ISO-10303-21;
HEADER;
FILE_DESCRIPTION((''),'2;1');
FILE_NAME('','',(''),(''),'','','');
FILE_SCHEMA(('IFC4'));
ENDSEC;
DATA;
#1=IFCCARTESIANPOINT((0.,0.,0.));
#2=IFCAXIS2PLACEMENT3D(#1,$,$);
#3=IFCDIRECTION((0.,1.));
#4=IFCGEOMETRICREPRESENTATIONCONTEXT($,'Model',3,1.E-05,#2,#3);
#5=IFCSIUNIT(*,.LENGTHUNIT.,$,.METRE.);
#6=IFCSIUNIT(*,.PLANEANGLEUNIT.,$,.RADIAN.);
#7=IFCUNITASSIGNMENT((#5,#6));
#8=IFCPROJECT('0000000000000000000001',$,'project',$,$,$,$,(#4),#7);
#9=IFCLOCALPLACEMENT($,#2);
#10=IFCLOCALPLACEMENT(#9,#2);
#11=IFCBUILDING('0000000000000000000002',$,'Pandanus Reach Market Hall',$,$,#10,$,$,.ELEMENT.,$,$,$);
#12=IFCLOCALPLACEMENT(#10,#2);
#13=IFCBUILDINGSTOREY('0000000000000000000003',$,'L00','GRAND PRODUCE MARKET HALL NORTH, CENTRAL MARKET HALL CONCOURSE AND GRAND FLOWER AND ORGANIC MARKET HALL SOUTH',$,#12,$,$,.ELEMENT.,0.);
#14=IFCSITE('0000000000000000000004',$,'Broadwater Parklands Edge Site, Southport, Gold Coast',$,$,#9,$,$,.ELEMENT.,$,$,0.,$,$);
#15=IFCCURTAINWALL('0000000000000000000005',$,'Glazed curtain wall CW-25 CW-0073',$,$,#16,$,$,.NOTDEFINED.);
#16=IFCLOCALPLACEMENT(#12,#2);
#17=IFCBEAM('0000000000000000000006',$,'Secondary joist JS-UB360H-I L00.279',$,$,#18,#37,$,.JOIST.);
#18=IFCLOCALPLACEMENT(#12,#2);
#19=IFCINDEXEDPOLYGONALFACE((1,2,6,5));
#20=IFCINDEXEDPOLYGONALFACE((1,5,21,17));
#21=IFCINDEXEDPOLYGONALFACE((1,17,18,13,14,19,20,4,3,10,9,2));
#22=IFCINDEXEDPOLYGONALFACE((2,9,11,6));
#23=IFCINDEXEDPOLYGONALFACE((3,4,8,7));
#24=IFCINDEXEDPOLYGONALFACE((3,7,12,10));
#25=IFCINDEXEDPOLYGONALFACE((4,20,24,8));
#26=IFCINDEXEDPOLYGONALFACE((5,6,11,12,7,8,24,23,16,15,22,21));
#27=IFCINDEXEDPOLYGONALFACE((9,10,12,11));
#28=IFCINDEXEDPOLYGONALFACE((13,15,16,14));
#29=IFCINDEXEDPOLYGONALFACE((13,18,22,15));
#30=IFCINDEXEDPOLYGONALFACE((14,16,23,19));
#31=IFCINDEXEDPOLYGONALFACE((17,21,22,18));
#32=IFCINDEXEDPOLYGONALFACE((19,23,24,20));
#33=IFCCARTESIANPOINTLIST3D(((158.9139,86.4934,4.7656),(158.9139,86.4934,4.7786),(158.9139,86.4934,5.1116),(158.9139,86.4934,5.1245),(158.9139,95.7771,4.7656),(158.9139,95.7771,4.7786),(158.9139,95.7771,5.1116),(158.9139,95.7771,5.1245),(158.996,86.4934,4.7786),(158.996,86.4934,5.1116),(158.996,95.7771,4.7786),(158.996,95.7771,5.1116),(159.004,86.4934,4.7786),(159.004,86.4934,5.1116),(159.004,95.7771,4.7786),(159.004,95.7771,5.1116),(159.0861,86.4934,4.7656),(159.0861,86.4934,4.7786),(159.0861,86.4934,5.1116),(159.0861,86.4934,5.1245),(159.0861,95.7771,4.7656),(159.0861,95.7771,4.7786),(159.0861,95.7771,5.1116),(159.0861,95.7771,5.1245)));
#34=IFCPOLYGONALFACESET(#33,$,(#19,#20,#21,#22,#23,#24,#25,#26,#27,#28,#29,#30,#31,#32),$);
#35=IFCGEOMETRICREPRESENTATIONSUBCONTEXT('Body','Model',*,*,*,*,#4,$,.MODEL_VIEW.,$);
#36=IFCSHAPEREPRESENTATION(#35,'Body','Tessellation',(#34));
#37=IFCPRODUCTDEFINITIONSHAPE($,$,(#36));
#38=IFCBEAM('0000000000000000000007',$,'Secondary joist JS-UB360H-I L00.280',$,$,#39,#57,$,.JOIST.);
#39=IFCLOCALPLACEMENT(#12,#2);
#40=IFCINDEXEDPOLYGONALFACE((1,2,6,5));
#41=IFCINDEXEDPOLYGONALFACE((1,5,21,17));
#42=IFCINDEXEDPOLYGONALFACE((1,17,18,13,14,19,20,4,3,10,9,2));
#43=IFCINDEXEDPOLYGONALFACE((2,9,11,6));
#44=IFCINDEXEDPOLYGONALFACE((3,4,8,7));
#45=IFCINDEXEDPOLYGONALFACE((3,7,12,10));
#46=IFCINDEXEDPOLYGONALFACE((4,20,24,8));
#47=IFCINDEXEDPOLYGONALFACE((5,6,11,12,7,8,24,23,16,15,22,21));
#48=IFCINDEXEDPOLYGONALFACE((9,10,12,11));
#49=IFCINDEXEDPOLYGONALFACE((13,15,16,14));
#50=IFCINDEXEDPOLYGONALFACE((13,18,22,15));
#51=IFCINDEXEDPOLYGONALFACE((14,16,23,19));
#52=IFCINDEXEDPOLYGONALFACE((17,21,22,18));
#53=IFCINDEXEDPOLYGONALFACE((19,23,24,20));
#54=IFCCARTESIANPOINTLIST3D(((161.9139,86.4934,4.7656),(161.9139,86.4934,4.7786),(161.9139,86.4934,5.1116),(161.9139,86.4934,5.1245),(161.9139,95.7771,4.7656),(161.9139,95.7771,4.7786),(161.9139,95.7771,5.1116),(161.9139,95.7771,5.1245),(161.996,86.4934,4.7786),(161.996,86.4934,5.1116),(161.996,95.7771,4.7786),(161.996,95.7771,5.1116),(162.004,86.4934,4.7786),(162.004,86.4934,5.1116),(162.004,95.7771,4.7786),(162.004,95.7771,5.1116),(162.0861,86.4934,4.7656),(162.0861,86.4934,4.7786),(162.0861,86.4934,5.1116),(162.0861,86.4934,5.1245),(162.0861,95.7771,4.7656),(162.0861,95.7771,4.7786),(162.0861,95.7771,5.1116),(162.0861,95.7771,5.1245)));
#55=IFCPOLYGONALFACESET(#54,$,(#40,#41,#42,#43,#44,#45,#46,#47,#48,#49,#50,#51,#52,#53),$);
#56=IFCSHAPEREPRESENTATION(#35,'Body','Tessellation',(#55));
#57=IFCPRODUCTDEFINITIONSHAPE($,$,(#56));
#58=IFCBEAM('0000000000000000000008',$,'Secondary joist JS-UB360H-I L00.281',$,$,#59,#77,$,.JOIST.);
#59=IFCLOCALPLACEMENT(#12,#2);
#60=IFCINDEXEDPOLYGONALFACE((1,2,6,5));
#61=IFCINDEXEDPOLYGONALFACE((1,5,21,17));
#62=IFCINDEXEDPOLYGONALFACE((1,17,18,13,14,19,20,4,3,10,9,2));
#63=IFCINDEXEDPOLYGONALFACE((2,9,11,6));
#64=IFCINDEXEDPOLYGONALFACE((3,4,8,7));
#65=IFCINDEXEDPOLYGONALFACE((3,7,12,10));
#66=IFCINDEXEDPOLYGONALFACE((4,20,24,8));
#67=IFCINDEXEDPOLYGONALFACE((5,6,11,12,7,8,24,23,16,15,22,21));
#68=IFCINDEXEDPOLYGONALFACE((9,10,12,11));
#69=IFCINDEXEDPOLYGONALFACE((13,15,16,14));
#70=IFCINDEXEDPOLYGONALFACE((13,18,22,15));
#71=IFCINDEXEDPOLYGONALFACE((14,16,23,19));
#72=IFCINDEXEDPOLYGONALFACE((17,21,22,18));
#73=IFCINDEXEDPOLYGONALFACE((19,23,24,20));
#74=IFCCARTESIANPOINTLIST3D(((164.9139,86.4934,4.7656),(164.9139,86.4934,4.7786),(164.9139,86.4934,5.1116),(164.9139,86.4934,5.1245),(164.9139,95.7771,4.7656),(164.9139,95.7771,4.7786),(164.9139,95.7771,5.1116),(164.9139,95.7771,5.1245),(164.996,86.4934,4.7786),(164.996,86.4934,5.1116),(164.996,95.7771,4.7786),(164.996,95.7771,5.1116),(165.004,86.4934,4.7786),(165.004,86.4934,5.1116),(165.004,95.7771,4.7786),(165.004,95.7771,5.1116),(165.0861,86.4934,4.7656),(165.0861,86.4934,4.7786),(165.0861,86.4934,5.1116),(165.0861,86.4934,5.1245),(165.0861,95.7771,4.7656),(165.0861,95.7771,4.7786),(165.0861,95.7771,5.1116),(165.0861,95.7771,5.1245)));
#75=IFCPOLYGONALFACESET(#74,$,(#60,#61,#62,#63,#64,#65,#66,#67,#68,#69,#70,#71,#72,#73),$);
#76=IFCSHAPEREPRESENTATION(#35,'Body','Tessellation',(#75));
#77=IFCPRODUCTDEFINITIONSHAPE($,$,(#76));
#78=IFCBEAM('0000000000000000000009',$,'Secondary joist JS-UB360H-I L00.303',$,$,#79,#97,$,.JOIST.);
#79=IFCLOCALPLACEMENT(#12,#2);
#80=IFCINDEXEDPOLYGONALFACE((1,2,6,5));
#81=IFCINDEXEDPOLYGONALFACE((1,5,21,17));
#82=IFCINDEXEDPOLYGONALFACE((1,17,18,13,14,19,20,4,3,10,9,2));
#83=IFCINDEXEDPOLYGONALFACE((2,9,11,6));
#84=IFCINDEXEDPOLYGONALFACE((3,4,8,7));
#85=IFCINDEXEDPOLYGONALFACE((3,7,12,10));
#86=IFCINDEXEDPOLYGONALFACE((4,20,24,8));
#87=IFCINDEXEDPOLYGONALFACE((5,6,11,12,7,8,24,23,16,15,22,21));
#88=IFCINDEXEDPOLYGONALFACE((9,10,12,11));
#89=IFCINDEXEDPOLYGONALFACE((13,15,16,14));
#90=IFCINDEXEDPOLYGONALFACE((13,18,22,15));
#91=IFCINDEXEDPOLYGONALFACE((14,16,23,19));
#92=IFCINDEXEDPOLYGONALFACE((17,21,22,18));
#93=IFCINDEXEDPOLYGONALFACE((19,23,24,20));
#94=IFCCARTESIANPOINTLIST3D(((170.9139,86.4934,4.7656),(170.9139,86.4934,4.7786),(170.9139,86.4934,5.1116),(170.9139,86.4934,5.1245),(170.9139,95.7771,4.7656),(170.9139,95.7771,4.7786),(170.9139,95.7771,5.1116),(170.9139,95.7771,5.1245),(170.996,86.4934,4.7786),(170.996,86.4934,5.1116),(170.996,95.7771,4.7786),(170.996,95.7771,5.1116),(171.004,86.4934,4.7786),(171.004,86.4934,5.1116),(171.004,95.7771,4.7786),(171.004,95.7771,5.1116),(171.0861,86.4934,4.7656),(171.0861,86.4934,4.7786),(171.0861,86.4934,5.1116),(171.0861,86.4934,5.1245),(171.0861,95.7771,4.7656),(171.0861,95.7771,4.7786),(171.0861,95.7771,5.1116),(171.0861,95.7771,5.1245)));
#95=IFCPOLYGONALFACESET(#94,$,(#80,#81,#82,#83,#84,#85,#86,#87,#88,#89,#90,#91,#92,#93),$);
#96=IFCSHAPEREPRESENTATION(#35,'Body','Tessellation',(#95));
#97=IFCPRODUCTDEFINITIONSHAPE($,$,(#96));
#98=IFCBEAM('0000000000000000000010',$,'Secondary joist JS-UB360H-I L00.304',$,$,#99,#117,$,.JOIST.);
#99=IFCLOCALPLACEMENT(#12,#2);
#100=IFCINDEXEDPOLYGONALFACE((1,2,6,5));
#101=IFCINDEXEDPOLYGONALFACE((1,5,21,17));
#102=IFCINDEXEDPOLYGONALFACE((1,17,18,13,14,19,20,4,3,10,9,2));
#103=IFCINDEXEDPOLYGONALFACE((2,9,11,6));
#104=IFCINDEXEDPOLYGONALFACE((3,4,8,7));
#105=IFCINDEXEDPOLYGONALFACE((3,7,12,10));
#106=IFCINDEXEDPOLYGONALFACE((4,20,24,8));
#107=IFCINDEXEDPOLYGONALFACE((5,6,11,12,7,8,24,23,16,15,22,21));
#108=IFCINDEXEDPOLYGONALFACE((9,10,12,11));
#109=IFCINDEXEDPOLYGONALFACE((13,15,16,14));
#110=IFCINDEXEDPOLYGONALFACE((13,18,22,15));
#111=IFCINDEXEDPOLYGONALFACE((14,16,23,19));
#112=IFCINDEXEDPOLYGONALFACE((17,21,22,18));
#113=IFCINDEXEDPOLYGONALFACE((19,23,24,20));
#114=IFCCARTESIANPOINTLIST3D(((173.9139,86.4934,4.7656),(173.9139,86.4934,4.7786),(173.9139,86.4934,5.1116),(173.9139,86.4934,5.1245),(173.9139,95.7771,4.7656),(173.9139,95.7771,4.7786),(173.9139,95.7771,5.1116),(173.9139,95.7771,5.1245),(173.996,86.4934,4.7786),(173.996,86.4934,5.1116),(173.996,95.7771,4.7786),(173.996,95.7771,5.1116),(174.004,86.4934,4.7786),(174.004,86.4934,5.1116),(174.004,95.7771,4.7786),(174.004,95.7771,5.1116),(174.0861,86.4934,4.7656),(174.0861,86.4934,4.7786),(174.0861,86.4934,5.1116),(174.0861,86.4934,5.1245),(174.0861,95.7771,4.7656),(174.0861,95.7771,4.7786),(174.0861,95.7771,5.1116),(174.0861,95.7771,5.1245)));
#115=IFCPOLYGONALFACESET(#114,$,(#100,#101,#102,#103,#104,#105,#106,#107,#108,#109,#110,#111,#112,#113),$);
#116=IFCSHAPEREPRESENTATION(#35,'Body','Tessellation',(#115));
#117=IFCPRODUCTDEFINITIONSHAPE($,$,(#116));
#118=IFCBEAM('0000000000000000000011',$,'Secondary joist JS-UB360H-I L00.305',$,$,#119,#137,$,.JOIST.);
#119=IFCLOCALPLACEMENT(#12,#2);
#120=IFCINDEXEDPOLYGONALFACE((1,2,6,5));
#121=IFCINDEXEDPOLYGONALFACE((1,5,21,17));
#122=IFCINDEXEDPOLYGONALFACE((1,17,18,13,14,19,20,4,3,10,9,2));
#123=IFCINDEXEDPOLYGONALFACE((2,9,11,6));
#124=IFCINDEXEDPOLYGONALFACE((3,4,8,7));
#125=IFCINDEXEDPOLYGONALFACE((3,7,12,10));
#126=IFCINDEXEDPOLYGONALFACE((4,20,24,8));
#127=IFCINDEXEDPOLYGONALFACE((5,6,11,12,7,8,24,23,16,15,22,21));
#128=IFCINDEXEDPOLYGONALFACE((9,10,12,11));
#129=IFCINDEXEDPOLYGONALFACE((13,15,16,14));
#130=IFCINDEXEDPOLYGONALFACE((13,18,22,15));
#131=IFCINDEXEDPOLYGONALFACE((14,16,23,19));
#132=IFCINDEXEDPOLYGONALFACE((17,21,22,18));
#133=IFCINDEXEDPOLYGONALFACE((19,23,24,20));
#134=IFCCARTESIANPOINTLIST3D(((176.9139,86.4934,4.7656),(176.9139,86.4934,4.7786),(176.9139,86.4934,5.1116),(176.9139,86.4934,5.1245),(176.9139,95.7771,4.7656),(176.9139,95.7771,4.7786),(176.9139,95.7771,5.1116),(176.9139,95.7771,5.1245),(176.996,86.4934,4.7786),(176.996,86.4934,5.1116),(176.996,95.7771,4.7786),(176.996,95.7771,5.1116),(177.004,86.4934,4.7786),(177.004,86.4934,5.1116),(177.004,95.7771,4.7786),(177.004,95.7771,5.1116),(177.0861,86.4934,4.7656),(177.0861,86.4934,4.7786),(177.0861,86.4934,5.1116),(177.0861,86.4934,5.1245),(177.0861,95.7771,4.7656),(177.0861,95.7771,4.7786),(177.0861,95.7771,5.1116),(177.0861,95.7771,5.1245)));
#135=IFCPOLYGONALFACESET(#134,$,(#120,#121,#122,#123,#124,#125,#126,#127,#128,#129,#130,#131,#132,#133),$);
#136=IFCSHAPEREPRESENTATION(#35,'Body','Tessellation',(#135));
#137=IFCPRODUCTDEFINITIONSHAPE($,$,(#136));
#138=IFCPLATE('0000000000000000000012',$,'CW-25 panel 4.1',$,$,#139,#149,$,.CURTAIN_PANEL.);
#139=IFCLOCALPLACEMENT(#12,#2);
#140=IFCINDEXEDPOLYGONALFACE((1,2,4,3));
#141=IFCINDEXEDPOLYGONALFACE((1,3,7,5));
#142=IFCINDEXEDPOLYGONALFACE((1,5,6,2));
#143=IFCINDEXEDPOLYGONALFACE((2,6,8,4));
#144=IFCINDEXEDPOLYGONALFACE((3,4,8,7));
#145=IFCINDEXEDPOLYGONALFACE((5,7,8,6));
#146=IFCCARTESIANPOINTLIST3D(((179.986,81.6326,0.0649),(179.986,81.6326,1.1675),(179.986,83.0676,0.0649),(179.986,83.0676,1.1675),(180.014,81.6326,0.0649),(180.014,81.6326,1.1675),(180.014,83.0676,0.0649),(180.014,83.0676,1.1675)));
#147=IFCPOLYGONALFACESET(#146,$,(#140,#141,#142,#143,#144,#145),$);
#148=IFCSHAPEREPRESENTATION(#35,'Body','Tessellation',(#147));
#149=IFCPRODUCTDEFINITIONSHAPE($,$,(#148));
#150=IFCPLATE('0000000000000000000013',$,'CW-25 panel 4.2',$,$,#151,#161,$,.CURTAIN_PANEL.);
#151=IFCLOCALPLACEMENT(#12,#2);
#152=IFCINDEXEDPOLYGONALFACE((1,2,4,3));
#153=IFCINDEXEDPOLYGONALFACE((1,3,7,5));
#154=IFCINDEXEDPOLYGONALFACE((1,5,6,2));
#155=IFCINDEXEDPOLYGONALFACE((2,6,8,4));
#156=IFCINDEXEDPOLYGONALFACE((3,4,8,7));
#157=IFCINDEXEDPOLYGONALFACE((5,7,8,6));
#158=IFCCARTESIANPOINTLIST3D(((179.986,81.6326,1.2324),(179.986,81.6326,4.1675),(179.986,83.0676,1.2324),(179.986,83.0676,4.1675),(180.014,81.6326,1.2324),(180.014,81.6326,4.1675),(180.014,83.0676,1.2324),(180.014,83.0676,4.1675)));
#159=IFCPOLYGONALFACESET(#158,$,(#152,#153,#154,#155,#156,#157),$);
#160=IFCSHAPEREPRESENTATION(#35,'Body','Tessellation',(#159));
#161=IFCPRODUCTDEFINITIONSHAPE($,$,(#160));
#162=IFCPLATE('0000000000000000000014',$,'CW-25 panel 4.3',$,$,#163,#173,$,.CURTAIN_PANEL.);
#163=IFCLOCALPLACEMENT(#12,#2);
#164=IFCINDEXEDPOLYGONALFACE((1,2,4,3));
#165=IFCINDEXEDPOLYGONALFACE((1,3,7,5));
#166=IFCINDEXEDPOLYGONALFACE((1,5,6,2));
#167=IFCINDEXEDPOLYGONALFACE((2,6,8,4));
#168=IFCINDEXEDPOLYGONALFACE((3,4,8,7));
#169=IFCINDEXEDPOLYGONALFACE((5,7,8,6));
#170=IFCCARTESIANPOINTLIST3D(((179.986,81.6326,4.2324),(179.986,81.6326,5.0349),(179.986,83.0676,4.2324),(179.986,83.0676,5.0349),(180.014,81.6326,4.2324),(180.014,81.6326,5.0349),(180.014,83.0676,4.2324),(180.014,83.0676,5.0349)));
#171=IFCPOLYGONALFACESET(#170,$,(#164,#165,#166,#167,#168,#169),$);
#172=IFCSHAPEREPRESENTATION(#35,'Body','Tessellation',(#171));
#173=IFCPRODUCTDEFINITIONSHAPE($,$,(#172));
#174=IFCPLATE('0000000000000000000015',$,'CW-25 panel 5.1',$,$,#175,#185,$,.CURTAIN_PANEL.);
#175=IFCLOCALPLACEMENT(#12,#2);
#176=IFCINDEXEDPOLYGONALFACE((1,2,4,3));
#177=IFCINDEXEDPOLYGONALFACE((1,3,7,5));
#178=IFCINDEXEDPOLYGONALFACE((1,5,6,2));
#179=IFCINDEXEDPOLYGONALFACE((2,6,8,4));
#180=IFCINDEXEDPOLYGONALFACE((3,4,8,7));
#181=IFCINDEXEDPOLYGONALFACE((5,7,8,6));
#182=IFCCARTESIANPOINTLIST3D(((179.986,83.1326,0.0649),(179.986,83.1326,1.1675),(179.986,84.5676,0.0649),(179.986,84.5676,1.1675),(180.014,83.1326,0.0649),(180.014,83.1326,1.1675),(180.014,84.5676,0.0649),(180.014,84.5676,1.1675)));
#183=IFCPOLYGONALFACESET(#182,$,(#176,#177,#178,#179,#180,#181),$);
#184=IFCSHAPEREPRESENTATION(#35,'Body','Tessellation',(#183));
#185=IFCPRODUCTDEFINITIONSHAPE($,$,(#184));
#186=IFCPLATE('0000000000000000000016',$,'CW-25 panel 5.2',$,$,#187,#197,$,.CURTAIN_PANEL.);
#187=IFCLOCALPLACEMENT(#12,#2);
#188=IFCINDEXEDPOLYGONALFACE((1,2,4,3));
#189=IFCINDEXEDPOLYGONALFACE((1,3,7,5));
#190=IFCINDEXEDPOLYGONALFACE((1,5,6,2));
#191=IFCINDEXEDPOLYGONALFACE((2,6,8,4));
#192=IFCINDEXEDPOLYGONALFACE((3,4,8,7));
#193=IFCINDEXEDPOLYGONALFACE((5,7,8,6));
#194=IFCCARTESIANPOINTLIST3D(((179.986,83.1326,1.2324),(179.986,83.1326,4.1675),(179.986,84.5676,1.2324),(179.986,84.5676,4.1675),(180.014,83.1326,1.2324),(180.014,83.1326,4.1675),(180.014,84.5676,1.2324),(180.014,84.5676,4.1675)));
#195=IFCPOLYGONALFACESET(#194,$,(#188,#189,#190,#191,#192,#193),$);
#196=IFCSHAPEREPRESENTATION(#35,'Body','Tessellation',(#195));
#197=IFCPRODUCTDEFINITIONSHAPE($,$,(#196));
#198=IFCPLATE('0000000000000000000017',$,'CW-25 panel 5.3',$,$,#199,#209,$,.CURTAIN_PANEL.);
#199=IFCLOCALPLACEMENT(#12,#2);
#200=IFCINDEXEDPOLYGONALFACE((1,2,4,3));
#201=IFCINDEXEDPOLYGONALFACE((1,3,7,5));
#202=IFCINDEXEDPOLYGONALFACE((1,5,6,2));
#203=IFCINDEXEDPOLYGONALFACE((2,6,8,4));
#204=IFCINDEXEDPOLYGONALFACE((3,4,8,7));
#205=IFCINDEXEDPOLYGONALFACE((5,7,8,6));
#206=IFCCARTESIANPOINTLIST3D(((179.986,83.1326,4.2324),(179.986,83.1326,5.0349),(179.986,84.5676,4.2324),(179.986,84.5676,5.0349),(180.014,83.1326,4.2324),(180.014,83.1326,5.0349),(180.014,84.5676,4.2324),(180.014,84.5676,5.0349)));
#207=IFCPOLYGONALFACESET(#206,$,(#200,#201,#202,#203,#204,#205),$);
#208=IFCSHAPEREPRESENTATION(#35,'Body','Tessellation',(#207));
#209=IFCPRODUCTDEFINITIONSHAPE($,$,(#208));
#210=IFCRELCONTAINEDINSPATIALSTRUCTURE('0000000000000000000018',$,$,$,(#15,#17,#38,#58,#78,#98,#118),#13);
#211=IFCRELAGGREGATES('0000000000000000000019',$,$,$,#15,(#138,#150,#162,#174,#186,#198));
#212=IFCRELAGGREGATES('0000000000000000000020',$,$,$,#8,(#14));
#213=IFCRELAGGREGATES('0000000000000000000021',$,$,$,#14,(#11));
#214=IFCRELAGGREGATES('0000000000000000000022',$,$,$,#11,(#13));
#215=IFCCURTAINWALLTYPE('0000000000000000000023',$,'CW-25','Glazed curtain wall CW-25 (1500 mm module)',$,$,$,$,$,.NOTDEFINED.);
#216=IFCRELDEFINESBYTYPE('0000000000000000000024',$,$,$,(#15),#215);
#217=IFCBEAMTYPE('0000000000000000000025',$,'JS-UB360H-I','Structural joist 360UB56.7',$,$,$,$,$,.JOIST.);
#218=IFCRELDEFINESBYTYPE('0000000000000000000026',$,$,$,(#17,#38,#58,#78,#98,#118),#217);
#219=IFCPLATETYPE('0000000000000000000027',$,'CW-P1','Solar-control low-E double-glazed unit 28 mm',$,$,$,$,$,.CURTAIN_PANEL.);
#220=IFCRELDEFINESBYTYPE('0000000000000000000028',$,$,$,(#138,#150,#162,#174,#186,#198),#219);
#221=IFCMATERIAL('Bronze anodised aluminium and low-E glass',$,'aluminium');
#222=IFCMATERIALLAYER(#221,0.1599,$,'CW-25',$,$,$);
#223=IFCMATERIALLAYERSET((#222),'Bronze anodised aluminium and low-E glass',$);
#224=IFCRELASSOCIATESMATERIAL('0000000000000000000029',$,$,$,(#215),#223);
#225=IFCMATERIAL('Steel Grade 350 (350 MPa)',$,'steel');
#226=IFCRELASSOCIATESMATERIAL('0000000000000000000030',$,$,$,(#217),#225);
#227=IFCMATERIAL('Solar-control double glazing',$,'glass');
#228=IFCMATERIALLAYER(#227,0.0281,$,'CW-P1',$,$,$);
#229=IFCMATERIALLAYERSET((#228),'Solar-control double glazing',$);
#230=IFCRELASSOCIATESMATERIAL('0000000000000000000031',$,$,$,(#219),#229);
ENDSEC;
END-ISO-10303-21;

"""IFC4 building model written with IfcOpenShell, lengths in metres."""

from ifc_helpers import new_model, si_unit, direction, frame, origin, origin_2d, place, context, subcontext, project, spatial, rectangle, i_section, extrude, material, layer, layer_set, material_profile, profile_set, type_object, element, aggregate, save


model = new_model("IFC4")

# Units and contexts
model_context = context("Model", 3, precision=1e-05, world=origin(), true_north=direction((0.0, 1.0)))
body_context = subcontext(model_context, "Body", "Model", "MODEL_VIEW")
ifc_project = project(units=[si_unit("LENGTHUNIT", "METRE"), si_unit("PLANEANGLEUNIT", "RADIAN")], contexts=[model_context])

# Site, building, storey
site_placement = place(None, origin())
site = spatial("IfcSite", under=ifc_project, at=site_placement, Name="Broadwater Parklands Edge Site, Southport, Gold Coast", CompositionType="ELEMENT", RefElevation=0.0)
building_placement = place(site_placement, origin())
building = spatial("IfcBuilding", under=site, at=building_placement, Name="Pandanus Reach Market Hall", CompositionType="ELEMENT")
storey_placement = place(building_placement, origin())
storey = spatial("IfcBuildingStorey", under=building, at=storey_placement, Name="L00", Description="GRAND PRODUCE MARKET HALL NORTH, CENTRAL MARKET HALL CONCOURSE AND GRAND FLOWER AND ORGANIC MARKET HALL SOUTH", CompositionType="ELEMENT", Elevation=0.0)

# Shared definitions
ifc_material_1 = material(Name="Steel Grade 350 (350 MPa)", Category="steel")

# Curtain wall
ifc_material_2 = material(Name="Bronze anodised aluminium and low-E glass", Category="aluminium")
ifc_layer_1 = layer(ifc_material_2, 0.1599, Name="CW-25")
ifc_layer_set_1 = layer_set([ifc_layer_1], Name="Bronze anodised aluminium and low-E glass")
curtain_wall_type = type_object("IfcCurtainWallType", Name="CW-25", Description="Glazed curtain wall CW-25 (1500 mm module)", PredefinedType="NOTDEFINED", material=ifc_layer_set_1)
curtain_wall_placement = place(storey_placement, origin())
curtain_wall = element("IfcCurtainWall", 1, at=curtain_wall_placement, inside=storey, type_object=curtain_wall_type, Name="Glazed curtain wall CW-25 CW-0073", PredefinedType="NOTDEFINED")

# Beams
ifc_material_profile_1 = material_profile(ifc_material_1, i_section(OverallWidth=0.1721, OverallDepth=0.3589, WebThickness=0.0081, FlangeThickness=0.0129, at=origin_2d()), Name="360UB56.7", Category="LoadBearing")
ifc_profile_set_1 = profile_set([ifc_material_profile_1], Name="Steel Grade 350 (350 MPa)")
beam_type_1 = type_object("IfcBeamType", Name="JS-UB360H-I", Description="Structural joist 360UB56.7", PredefinedType="JOIST", material=ifc_profile_set_1)
for number, where, z_axis, x_axis, name in (
    (2, (159.0, 86.4934, 4.9451), (0.0, 1.0, 0.0), (-1.0, 0.0, 0.0), "Secondary joist JS-UB360H-I L00.279"),
    (3, (162.0, 86.4934, 4.9451), (0.0, 1.0, 0.0), (-1.0, 0.0, 0.0), "Secondary joist JS-UB360H-I L00.280"),
    (4, (165.0, 86.4934, 4.9451), (0.0, 1.0, 0.0), (-1.0, 0.0, 0.0), "Secondary joist JS-UB360H-I L00.281"),
    (5, (171.0, 86.4934, 4.9451), (0.0, 1.0, 0.0), (-1.0, 0.0, 0.0), "Secondary joist JS-UB360H-I L00.303"),
    (6, (174.0, 86.4934, 4.9451), (0.0, 1.0, 0.0), (-1.0, 0.0, 0.0), "Secondary joist JS-UB360H-I L00.304"),
    (7, (177.0, 86.4934, 4.9451), (0.0, 1.0, 0.0), (-1.0, 0.0, 0.0), "Secondary joist JS-UB360H-I L00.305"),
):
    element("IfcBeam", number, at=place(storey_placement, frame(where, z_axis=z_axis, x_axis=x_axis)), inside=storey, type_object=beam_type_1, Name=name, PredefinedType="JOIST", context=body_context, shape_type="SweptSolid", body=[
        extrude(i_section(OverallWidth=0.1721, OverallDepth=0.3589, WebThickness=0.0081, FlangeThickness=0.0129, at=origin_2d()), origin(), (0.0, 0.0, 1.0), 9.2837),
    ])

# Plates
ifc_material_3 = material(Name="Solar-control double glazing", Category="glass")
ifc_layer_2 = layer(ifc_material_3, 0.0281, Name="CW-P1")
ifc_layer_set_2 = layer_set([ifc_layer_2], Name="Solar-control double glazing")
plate_type = type_object("IfcPlateType", Name="CW-P1", Description="Solar-control low-E double-glazed unit 28 mm", PredefinedType="CURTAIN_PANEL", material=ifc_layer_set_2)
plate_1_placement = place(storey_placement, frame((180.0, 82.3501, 0.0649), z_axis=(0.0, 0.0, 1.0), x_axis=(0.0, 1.0, 0.0)))
plate_1 = element("IfcPlate", 8, at=plate_1_placement, type_object=plate_type, Name="CW-25 panel 4.1", PredefinedType="CURTAIN_PANEL", context=body_context, shape_type="SweptSolid", body=[
    extrude(rectangle(XDim=1.4351, YDim=0.0281, at=origin_2d()), origin(), (0.0, 0.0, 1.0), 1.1025),
])
plate_2_placement = place(storey_placement, frame((180.0, 82.3501, 1.2324), z_axis=(0.0, 0.0, 1.0), x_axis=(0.0, 1.0, 0.0)))
plate_2 = element("IfcPlate", 9, at=plate_2_placement, type_object=plate_type, Name="CW-25 panel 4.2", PredefinedType="CURTAIN_PANEL", context=body_context, shape_type="SweptSolid", body=[
    extrude(rectangle(XDim=1.4351, YDim=0.0281, at=origin_2d()), origin(), (0.0, 0.0, 1.0), 2.9351),
])
plate_3_placement = place(storey_placement, frame((180.0, 82.3501, 4.2324), z_axis=(0.0, 0.0, 1.0), x_axis=(0.0, 1.0, 0.0)))
plate_3 = element("IfcPlate", 10, at=plate_3_placement, type_object=plate_type, Name="CW-25 panel 4.3", PredefinedType="CURTAIN_PANEL", context=body_context, shape_type="SweptSolid", body=[
    extrude(rectangle(XDim=1.4351, YDim=0.0281, at=origin_2d()), origin(), (0.0, 0.0, 1.0), 0.8025),
])
plate_4_placement = place(storey_placement, frame((180.0, 83.8501, 0.0649), z_axis=(0.0, 0.0, 1.0), x_axis=(0.0, 1.0, 0.0)))
plate_4 = element("IfcPlate", 11, at=plate_4_placement, type_object=plate_type, Name="CW-25 panel 5.1", PredefinedType="CURTAIN_PANEL", context=body_context, shape_type="SweptSolid", body=[
    extrude(rectangle(XDim=1.4351, YDim=0.0281, at=origin_2d()), origin(), (0.0, 0.0, 1.0), 1.1025),
])
plate_5_placement = place(storey_placement, frame((180.0, 83.8501, 1.2324), z_axis=(0.0, 0.0, 1.0), x_axis=(0.0, 1.0, 0.0)))
plate_5 = element("IfcPlate", 12, at=plate_5_placement, type_object=plate_type, Name="CW-25 panel 5.2", PredefinedType="CURTAIN_PANEL", context=body_context, shape_type="SweptSolid", body=[
    extrude(rectangle(XDim=1.4351, YDim=0.0281, at=origin_2d()), origin(), (0.0, 0.0, 1.0), 2.9351),
])
plate_6_placement = place(storey_placement, frame((180.0, 83.8501, 4.2324), z_axis=(0.0, 0.0, 1.0), x_axis=(0.0, 1.0, 0.0)))
plate_6 = element("IfcPlate", 13, at=plate_6_placement, type_object=plate_type, Name="CW-25 panel 5.3", PredefinedType="CURTAIN_PANEL", context=body_context, shape_type="SweptSolid", body=[
    extrude(rectangle(XDim=1.4351, YDim=0.0281, at=origin_2d()), origin(), (0.0, 0.0, 1.0), 0.8025),
])
aggregate(curtain_wall, [plate_1, plate_2, plate_3, plate_4, plate_5, plate_6])

save(model, "model.ifc")
